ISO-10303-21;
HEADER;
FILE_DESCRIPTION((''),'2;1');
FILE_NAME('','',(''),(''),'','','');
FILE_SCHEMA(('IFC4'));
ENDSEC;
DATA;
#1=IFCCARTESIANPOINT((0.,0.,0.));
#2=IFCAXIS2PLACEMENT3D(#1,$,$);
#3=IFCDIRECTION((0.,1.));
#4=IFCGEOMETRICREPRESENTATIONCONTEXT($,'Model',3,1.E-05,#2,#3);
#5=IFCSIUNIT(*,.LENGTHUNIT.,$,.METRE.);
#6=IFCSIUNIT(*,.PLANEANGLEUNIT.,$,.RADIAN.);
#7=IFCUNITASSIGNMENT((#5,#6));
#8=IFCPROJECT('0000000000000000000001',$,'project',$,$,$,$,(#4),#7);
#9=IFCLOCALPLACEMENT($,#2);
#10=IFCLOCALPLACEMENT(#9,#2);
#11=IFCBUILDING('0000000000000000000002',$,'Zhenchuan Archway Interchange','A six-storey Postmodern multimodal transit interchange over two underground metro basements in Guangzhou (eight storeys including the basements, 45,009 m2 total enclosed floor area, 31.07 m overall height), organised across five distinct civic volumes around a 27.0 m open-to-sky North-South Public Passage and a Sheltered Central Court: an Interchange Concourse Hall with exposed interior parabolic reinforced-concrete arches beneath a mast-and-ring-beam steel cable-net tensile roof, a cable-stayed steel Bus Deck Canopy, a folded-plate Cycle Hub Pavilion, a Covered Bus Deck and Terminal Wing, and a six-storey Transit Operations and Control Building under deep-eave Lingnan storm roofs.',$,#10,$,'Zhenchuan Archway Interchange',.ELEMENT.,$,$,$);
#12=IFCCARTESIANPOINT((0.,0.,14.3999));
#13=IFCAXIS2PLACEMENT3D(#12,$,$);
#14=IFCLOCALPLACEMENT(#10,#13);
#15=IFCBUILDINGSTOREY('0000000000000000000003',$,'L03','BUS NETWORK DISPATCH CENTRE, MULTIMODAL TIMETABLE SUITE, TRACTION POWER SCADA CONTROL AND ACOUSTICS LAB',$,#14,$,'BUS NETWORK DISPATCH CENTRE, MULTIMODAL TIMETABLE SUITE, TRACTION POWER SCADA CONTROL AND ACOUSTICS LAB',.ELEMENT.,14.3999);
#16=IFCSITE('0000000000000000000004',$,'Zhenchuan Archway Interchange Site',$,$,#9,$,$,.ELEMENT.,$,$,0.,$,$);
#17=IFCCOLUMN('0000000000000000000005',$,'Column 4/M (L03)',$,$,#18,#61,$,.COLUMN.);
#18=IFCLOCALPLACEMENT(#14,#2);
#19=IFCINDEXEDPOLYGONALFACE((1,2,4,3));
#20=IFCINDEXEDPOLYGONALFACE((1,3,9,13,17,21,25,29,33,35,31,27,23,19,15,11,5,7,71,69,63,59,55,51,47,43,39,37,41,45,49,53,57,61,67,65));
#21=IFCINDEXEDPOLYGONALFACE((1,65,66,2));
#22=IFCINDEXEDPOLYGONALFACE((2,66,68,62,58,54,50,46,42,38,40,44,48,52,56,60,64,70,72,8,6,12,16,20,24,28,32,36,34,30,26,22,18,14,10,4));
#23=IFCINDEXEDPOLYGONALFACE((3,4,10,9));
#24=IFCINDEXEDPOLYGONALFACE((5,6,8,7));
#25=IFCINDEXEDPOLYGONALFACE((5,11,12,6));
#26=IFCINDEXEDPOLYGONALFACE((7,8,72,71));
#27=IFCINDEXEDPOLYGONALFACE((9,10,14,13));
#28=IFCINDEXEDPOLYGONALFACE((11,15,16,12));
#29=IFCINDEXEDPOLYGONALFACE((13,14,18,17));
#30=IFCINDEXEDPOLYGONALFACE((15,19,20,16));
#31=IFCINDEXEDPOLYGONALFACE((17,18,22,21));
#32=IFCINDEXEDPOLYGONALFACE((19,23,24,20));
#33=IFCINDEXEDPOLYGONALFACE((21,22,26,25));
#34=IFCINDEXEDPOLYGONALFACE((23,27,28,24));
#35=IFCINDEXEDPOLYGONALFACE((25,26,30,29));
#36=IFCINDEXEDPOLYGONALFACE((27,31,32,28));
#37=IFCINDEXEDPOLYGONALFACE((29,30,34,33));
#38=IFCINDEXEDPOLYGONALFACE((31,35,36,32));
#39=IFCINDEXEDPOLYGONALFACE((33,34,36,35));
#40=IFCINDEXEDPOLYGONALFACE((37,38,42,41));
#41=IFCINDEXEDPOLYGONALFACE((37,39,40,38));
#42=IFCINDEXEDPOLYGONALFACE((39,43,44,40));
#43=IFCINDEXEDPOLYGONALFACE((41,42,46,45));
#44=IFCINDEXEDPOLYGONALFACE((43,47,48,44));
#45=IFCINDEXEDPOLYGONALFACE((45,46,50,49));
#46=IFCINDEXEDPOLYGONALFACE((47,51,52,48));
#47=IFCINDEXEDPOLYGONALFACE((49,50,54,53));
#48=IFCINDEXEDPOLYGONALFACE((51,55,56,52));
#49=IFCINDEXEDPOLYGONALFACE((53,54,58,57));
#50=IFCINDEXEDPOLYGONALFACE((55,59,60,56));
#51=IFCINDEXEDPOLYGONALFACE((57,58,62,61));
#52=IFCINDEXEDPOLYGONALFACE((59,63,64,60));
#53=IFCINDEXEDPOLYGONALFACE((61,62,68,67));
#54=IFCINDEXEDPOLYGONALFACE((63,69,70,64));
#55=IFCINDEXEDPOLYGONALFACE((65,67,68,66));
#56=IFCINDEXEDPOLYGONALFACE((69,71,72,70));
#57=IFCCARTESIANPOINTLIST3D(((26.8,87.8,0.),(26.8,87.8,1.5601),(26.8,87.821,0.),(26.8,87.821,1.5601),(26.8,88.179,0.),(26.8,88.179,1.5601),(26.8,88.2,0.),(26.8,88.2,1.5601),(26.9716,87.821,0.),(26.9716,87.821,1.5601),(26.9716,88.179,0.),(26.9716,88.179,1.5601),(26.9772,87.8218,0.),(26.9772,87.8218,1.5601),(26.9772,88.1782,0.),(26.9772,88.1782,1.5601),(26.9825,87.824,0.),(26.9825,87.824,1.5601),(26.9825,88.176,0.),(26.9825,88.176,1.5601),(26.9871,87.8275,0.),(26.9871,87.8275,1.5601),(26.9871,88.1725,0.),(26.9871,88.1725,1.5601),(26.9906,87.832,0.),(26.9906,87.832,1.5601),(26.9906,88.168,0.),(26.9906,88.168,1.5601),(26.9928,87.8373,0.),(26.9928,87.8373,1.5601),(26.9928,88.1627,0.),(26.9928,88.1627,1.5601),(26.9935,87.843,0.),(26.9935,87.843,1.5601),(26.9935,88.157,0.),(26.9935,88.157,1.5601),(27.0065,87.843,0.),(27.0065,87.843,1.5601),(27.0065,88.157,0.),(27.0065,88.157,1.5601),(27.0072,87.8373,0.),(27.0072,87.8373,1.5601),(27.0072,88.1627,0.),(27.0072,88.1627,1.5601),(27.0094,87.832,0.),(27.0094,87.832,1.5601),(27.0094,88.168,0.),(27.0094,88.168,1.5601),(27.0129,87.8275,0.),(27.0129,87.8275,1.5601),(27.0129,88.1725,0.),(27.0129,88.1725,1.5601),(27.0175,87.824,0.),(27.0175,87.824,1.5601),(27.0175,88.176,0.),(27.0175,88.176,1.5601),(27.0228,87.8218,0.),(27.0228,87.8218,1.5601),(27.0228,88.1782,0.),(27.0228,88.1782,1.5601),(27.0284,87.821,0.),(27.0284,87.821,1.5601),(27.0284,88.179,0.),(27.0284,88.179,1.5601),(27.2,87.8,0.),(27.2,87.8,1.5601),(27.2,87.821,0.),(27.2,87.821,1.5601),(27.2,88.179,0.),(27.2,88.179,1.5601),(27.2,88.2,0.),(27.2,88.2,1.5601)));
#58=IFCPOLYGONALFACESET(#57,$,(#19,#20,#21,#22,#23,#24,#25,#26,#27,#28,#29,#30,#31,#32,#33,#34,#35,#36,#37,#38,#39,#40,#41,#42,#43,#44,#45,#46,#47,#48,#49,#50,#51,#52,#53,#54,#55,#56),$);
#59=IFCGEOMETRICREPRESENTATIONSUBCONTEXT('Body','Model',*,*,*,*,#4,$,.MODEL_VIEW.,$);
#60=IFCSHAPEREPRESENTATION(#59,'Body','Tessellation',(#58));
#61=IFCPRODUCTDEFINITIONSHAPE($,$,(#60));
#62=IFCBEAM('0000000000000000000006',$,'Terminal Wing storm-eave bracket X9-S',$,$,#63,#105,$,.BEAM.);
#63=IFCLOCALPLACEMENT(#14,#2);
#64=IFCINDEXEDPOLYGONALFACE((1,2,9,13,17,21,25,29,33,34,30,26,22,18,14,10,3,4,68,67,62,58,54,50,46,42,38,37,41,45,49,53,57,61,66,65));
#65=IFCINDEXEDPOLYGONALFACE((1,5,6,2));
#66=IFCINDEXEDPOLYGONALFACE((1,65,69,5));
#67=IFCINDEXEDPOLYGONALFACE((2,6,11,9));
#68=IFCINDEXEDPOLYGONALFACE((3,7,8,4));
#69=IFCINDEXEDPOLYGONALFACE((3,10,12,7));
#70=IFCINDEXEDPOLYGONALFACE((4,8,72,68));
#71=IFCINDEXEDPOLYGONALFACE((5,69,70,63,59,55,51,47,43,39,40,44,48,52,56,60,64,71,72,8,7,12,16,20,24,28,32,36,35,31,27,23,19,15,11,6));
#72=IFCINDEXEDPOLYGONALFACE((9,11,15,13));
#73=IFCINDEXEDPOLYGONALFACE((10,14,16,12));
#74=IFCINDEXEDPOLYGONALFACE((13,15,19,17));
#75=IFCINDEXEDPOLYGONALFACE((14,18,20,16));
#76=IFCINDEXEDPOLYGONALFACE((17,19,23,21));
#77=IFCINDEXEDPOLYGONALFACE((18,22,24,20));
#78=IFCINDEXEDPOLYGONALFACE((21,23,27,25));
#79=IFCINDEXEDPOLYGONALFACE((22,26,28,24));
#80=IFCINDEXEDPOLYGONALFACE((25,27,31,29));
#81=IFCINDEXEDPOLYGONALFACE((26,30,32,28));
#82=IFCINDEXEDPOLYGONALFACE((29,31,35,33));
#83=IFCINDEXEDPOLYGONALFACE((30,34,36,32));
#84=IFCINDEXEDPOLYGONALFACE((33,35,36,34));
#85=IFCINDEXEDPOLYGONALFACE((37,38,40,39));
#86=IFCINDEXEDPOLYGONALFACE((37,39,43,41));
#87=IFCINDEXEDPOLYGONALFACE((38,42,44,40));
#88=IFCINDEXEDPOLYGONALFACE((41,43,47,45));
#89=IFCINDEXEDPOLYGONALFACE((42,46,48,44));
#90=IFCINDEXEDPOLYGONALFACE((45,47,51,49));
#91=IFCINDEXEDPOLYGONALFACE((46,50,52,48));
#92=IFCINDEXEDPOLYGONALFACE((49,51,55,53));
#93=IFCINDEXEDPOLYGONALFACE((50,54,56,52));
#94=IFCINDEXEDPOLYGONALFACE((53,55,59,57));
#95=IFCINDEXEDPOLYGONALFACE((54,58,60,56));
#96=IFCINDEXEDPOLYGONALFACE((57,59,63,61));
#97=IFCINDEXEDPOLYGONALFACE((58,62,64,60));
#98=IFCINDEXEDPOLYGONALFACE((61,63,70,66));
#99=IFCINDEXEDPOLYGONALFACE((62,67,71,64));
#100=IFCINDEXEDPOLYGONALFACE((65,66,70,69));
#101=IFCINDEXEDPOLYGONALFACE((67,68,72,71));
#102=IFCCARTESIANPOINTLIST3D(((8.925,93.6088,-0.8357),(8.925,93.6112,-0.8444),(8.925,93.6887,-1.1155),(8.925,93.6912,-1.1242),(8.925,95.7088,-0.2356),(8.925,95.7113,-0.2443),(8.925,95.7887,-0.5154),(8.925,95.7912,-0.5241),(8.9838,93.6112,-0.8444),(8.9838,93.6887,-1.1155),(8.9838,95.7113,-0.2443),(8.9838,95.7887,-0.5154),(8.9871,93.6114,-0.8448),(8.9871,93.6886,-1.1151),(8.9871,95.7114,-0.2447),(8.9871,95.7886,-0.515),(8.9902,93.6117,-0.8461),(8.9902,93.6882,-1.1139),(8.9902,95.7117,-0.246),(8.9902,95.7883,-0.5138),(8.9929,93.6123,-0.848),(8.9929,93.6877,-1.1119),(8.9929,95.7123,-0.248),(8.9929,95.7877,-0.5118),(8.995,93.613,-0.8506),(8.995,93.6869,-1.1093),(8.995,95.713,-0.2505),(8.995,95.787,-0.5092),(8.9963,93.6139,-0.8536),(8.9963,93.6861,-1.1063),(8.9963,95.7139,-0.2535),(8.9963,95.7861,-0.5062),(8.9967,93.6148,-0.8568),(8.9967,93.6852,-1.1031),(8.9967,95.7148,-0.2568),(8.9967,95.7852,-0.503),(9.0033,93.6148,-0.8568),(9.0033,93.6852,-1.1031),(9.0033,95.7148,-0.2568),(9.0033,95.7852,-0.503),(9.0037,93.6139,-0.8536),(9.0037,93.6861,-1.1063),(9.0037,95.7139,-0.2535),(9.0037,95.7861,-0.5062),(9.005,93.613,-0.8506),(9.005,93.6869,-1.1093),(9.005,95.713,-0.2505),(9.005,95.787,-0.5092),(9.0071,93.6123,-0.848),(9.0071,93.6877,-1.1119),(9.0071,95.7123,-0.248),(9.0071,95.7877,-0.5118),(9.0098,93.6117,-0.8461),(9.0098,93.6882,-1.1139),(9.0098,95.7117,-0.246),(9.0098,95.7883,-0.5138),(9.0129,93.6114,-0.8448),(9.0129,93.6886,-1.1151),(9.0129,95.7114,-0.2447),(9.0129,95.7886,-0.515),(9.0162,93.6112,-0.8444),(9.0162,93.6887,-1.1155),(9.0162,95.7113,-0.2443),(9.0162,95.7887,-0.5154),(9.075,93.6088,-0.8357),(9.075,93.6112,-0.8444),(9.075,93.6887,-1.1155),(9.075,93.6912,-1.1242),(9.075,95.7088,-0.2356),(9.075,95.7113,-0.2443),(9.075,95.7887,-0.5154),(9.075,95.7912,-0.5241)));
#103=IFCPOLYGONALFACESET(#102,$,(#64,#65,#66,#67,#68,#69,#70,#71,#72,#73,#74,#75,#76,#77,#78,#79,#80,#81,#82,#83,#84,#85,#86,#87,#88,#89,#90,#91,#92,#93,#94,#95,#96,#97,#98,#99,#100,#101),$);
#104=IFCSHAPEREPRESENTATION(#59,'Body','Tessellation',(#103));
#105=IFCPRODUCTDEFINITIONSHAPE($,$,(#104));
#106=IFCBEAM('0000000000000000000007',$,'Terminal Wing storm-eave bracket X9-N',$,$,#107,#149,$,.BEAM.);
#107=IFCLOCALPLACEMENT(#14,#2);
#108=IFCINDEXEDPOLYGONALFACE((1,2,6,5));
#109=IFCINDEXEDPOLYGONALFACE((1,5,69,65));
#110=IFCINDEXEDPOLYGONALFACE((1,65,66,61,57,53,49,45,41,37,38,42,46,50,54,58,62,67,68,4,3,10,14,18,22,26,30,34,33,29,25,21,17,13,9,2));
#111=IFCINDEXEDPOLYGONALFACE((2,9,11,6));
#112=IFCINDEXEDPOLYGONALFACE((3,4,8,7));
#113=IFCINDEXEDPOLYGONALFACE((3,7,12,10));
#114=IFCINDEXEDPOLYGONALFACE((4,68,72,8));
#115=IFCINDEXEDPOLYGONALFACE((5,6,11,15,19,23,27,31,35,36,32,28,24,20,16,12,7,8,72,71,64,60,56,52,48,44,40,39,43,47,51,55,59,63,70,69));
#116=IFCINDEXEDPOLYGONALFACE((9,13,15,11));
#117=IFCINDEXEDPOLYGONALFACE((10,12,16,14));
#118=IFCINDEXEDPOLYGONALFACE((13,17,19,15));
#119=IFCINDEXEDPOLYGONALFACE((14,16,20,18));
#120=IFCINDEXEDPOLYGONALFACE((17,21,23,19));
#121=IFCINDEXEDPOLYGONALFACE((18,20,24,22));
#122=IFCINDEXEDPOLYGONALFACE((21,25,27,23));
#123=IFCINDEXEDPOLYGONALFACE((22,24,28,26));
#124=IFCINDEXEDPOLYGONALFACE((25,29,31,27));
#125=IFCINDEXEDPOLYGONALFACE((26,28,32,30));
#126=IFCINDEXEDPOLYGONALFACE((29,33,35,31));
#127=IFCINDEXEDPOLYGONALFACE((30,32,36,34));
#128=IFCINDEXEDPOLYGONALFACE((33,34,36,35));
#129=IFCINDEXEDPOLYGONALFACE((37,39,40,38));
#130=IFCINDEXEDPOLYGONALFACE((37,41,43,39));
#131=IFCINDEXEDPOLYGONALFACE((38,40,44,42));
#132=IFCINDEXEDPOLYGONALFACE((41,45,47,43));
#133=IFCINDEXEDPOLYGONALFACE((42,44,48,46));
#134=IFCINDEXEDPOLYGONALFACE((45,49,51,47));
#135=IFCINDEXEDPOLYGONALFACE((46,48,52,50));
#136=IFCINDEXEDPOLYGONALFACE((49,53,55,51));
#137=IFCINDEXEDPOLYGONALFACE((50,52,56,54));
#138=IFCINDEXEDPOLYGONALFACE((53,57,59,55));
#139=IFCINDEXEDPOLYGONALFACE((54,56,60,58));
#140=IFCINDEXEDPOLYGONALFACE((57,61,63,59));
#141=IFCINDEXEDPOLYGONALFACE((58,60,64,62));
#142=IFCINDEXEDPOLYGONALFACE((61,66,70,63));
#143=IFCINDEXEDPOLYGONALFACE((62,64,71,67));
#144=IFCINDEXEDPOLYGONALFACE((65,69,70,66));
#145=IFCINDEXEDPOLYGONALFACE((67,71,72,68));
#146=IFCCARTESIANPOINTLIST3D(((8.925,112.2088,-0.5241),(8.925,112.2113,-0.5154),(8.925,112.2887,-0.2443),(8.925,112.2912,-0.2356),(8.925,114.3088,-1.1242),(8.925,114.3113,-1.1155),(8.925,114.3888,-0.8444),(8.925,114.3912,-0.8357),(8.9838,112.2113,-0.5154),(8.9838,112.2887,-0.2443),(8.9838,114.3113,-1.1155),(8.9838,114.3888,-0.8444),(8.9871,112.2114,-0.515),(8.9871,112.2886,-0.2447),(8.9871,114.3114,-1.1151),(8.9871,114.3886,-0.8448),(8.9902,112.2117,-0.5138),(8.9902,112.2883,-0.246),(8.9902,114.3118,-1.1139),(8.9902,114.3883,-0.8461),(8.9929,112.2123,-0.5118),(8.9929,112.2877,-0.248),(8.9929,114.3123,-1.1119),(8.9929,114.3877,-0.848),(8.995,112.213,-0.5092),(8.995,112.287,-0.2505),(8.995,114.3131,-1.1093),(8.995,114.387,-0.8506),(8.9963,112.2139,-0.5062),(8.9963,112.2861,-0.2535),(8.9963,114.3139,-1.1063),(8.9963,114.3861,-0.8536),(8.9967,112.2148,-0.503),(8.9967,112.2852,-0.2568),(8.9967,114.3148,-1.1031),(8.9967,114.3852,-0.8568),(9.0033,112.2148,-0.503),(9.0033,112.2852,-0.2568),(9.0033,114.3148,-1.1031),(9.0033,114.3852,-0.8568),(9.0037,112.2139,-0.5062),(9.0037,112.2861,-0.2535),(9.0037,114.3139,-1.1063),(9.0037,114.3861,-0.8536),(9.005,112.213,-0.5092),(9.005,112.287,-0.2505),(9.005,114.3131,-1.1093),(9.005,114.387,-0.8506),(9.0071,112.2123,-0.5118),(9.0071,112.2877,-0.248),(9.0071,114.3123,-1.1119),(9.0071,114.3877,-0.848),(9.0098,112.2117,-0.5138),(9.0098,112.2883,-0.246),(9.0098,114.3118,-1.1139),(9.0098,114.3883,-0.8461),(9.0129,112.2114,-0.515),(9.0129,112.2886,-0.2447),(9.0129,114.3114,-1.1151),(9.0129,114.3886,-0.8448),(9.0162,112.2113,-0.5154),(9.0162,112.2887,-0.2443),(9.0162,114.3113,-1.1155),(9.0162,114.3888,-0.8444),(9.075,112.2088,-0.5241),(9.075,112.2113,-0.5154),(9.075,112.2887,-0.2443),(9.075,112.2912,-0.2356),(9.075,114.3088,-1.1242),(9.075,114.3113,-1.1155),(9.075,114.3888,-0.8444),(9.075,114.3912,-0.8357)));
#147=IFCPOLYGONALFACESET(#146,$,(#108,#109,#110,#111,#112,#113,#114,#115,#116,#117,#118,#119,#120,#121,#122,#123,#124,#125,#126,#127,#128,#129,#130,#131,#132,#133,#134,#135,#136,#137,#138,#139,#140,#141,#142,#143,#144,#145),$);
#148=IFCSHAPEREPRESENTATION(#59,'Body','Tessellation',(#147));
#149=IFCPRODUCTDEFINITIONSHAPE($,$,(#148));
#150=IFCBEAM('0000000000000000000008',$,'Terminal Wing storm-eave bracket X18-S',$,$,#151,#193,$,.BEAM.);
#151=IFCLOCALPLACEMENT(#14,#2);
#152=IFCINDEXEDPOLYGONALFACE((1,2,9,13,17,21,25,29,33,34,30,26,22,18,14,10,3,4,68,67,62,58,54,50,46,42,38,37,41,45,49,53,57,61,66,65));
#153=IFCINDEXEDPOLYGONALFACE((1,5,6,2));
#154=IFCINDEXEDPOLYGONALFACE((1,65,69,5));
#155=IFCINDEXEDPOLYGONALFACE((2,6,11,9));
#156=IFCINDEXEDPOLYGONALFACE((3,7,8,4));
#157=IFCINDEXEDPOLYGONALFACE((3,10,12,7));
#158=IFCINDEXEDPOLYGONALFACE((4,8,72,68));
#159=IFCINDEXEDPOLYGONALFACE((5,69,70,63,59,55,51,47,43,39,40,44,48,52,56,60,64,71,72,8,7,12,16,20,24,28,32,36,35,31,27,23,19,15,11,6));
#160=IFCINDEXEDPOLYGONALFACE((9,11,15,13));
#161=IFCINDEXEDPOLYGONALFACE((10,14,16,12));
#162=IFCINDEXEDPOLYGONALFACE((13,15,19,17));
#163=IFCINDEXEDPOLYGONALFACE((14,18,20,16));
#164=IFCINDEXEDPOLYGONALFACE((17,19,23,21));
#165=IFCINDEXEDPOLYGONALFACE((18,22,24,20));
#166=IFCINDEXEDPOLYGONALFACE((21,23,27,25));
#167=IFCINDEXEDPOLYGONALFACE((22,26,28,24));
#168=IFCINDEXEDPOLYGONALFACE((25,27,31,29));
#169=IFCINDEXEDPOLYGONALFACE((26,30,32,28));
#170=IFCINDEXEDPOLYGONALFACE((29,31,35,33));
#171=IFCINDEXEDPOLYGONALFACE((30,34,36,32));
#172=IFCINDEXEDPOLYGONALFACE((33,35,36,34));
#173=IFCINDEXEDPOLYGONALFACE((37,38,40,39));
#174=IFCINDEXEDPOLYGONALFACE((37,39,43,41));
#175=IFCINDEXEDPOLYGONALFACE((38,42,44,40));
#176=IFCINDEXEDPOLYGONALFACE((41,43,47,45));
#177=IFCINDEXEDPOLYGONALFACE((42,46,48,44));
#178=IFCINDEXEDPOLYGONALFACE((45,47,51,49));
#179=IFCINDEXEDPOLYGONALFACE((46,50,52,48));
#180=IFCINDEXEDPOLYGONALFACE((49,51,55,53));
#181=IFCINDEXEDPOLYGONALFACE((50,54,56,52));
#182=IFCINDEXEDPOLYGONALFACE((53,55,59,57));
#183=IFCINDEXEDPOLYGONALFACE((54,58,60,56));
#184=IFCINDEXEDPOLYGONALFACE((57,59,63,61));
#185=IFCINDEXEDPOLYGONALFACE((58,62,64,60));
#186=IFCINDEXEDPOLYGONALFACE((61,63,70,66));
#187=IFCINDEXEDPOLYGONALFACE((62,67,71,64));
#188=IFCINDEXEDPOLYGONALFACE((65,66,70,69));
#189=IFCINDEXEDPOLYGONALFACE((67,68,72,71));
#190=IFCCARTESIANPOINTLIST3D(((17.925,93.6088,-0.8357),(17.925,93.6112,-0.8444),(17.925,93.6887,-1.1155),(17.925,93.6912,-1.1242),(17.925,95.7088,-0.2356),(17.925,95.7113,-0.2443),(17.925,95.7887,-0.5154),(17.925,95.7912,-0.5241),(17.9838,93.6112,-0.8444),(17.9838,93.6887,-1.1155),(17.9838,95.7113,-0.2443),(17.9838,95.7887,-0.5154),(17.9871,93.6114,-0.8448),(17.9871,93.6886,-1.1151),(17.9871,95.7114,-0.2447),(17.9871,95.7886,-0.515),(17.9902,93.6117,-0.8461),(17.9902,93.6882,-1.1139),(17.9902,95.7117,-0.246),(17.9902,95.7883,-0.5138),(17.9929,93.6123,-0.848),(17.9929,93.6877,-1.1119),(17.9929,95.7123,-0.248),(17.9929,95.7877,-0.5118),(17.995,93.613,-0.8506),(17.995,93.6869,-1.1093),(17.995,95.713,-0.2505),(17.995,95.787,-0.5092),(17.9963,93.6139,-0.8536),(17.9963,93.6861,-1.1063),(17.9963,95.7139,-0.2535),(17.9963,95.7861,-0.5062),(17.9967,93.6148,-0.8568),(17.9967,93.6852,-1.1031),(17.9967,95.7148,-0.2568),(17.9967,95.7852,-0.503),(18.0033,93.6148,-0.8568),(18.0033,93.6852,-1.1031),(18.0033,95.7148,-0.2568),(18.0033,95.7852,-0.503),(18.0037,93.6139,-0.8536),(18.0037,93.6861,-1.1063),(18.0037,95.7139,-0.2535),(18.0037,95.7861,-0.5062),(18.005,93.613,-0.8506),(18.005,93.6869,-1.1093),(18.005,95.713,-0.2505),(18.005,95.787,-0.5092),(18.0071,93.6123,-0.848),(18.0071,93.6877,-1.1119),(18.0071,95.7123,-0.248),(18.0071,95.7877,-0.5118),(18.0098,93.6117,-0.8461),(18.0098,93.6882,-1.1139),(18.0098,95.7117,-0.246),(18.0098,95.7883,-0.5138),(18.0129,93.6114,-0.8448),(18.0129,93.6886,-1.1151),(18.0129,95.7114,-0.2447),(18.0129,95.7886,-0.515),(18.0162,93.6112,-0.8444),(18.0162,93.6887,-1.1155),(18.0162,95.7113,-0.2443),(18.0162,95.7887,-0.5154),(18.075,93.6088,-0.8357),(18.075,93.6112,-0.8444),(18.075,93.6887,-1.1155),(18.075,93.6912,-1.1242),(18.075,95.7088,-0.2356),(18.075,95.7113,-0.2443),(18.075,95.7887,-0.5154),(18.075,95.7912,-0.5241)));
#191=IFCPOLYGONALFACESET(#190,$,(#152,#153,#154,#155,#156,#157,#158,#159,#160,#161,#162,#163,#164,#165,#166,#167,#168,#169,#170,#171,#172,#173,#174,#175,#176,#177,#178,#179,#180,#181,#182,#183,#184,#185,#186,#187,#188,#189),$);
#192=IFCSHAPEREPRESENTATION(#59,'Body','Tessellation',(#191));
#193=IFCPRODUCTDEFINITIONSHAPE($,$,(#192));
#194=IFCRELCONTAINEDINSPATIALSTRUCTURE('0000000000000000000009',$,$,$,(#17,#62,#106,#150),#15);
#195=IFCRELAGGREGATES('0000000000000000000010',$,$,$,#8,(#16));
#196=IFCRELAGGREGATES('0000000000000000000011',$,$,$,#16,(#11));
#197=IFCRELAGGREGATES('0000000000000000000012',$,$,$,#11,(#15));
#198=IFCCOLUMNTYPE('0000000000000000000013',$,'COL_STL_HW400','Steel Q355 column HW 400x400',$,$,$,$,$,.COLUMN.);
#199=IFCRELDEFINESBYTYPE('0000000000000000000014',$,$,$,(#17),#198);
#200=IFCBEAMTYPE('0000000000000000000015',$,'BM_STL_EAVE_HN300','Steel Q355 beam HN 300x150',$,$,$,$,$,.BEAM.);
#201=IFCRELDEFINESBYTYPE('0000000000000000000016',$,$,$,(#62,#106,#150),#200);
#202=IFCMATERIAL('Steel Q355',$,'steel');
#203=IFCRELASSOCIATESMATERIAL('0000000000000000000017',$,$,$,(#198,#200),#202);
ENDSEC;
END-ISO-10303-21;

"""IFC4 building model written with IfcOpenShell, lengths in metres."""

from ifc_helpers import new_model, si_unit, direction, frame, origin, origin_2d, place, context, subcontext, project, spatial, i_section, extrude, material, material_profile, profile_set, type_object, element, save


model = new_model("IFC4")

# Units and contexts
model_context = context("Model", 3, precision=1e-05, world=origin(), true_north=direction((0.0, 1.0)))
body_context = subcontext(model_context, "Body", "Model", "MODEL_VIEW")
ifc_project = project(units=[si_unit("LENGTHUNIT", "METRE"), si_unit("PLANEANGLEUNIT", "RADIAN")], contexts=[model_context])

# Site, building, storey
site_placement = place(None, origin())
site = spatial("IfcSite", under=ifc_project, at=site_placement, Name="Zhenchuan Archway Interchange Site", CompositionType="ELEMENT", RefElevation=0.0)
building_placement = place(site_placement, origin())
building = spatial("IfcBuilding", under=site, at=building_placement, Name="Zhenchuan Archway Interchange", Description="A six-storey Postmodern multimodal transit interchange over two underground metro basements in Guangzhou (eight storeys including the basements, 45,009 m2 total enclosed floor area, 31.07 m overall height), organised across five distinct civic volumes around a 27.0 m open-to-sky North-South Public Passage and a Sheltered Central Court: an Interchange Concourse Hall with exposed interior parabolic reinforced-concrete arches beneath a mast-and-ring-beam steel cable-net tensile roof, a cable-stayed steel Bus Deck Canopy, a folded-plate Cycle Hub Pavilion, a Covered Bus Deck and Terminal Wing, and a six-storey Transit Operations and Control Building under deep-eave Lingnan storm roofs.", LongName="Zhenchuan Archway Interchange", CompositionType="ELEMENT")
storey_placement = place(building_placement, frame((0.0, 0.0, 14.3999)))
storey = spatial("IfcBuildingStorey", under=building, at=storey_placement, Name="L03", Description="BUS NETWORK DISPATCH CENTRE, MULTIMODAL TIMETABLE SUITE, TRACTION POWER SCADA CONTROL AND ACOUSTICS LAB", LongName="BUS NETWORK DISPATCH CENTRE, MULTIMODAL TIMETABLE SUITE, TRACTION POWER SCADA CONTROL AND ACOUSTICS LAB", CompositionType="ELEMENT", Elevation=14.3999)

# Column
ifc_material_1 = material(Name="Steel Q355", Category="steel")
ifc_material_profile_1 = material_profile(ifc_material_1, i_section(OverallWidth=0.3999, OverallDepth=0.3999, WebThickness=0.0129, FlangeThickness=0.021, FilletRadius=0.022, at=origin_2d()), Name="HW 400x400")
ifc_profile_set_1 = profile_set([ifc_material_profile_1], Name="Steel Q355")
column_type_1 = type_object("IfcColumnType", Name="COL_STL_HW400", Description="Steel Q355 column HW 400x400", PredefinedType="COLUMN", material=ifc_profile_set_1)
column_1_placement = place(storey_placement, frame((27.0, 88.0, 0.0), z_axis=(0.0, 0.0, 1.0), x_axis=(1.0, 0.0, 0.0)))
element("IfcColumn", 1, at=column_1_placement, inside=storey, type_object=column_type_1, Name="Column 4/M (L03)", PredefinedType="COLUMN", context=body_context, shape_type="SweptSolid", body=[
    extrude(i_section(OverallWidth=0.3999, OverallDepth=0.3999, WebThickness=0.0129, FlangeThickness=0.021, FilletRadius=0.022, at=origin_2d()), origin(), (0.0, 0.0, 1.0), 1.5601),
])

# Beams
ifc_material_profile_2 = material_profile(ifc_material_1, i_section(OverallWidth=0.1499, OverallDepth=0.3, WebThickness=0.0066, FlangeThickness=0.009, FilletRadius=0.0129, at=origin_2d()), Name="HN 300x150")
ifc_profile_set_2 = profile_set([ifc_material_profile_2], Name="Steel Q355")
beam_type_1 = type_object("IfcBeamType", Name="BM_STL_EAVE_HN300", Description="Steel Q355 beam HN 300x150", PredefinedType="BEAM", material=ifc_profile_set_2)
for number, where, z_axis, x_axis, name in (
    (2, (9.0, 95.75, -0.3799), (0.0, -0.961516, -0.274751), (1.0, 0.0, 0.0), "Terminal Wing storm-eave bracket X9-S"),
    (3, (9.0, 112.25, -0.3799), (0.0, 0.961516, -0.274751), (-1.0, 0.0, 0.0), "Terminal Wing storm-eave bracket X9-N"),
    (4, (18.0, 95.75, -0.3799), (0.0, -0.961516, -0.274751), (1.0, 0.0, 0.0), "Terminal Wing storm-eave bracket X18-S"),
):
    element("IfcBeam", number, at=place(storey_placement, frame(where, z_axis=z_axis, x_axis=x_axis)), inside=storey, type_object=beam_type_1, Name=name, PredefinedType="BEAM", context=body_context, shape_type="SweptSolid", body=[
        extrude(i_section(OverallWidth=0.1499, OverallDepth=0.3, WebThickness=0.0066, FlangeThickness=0.009, FilletRadius=0.0129, at=origin_2d()), origin(), (0.0, 0.0, 1.0), 2.1841),
    ])

save(model, "model.ifc")
